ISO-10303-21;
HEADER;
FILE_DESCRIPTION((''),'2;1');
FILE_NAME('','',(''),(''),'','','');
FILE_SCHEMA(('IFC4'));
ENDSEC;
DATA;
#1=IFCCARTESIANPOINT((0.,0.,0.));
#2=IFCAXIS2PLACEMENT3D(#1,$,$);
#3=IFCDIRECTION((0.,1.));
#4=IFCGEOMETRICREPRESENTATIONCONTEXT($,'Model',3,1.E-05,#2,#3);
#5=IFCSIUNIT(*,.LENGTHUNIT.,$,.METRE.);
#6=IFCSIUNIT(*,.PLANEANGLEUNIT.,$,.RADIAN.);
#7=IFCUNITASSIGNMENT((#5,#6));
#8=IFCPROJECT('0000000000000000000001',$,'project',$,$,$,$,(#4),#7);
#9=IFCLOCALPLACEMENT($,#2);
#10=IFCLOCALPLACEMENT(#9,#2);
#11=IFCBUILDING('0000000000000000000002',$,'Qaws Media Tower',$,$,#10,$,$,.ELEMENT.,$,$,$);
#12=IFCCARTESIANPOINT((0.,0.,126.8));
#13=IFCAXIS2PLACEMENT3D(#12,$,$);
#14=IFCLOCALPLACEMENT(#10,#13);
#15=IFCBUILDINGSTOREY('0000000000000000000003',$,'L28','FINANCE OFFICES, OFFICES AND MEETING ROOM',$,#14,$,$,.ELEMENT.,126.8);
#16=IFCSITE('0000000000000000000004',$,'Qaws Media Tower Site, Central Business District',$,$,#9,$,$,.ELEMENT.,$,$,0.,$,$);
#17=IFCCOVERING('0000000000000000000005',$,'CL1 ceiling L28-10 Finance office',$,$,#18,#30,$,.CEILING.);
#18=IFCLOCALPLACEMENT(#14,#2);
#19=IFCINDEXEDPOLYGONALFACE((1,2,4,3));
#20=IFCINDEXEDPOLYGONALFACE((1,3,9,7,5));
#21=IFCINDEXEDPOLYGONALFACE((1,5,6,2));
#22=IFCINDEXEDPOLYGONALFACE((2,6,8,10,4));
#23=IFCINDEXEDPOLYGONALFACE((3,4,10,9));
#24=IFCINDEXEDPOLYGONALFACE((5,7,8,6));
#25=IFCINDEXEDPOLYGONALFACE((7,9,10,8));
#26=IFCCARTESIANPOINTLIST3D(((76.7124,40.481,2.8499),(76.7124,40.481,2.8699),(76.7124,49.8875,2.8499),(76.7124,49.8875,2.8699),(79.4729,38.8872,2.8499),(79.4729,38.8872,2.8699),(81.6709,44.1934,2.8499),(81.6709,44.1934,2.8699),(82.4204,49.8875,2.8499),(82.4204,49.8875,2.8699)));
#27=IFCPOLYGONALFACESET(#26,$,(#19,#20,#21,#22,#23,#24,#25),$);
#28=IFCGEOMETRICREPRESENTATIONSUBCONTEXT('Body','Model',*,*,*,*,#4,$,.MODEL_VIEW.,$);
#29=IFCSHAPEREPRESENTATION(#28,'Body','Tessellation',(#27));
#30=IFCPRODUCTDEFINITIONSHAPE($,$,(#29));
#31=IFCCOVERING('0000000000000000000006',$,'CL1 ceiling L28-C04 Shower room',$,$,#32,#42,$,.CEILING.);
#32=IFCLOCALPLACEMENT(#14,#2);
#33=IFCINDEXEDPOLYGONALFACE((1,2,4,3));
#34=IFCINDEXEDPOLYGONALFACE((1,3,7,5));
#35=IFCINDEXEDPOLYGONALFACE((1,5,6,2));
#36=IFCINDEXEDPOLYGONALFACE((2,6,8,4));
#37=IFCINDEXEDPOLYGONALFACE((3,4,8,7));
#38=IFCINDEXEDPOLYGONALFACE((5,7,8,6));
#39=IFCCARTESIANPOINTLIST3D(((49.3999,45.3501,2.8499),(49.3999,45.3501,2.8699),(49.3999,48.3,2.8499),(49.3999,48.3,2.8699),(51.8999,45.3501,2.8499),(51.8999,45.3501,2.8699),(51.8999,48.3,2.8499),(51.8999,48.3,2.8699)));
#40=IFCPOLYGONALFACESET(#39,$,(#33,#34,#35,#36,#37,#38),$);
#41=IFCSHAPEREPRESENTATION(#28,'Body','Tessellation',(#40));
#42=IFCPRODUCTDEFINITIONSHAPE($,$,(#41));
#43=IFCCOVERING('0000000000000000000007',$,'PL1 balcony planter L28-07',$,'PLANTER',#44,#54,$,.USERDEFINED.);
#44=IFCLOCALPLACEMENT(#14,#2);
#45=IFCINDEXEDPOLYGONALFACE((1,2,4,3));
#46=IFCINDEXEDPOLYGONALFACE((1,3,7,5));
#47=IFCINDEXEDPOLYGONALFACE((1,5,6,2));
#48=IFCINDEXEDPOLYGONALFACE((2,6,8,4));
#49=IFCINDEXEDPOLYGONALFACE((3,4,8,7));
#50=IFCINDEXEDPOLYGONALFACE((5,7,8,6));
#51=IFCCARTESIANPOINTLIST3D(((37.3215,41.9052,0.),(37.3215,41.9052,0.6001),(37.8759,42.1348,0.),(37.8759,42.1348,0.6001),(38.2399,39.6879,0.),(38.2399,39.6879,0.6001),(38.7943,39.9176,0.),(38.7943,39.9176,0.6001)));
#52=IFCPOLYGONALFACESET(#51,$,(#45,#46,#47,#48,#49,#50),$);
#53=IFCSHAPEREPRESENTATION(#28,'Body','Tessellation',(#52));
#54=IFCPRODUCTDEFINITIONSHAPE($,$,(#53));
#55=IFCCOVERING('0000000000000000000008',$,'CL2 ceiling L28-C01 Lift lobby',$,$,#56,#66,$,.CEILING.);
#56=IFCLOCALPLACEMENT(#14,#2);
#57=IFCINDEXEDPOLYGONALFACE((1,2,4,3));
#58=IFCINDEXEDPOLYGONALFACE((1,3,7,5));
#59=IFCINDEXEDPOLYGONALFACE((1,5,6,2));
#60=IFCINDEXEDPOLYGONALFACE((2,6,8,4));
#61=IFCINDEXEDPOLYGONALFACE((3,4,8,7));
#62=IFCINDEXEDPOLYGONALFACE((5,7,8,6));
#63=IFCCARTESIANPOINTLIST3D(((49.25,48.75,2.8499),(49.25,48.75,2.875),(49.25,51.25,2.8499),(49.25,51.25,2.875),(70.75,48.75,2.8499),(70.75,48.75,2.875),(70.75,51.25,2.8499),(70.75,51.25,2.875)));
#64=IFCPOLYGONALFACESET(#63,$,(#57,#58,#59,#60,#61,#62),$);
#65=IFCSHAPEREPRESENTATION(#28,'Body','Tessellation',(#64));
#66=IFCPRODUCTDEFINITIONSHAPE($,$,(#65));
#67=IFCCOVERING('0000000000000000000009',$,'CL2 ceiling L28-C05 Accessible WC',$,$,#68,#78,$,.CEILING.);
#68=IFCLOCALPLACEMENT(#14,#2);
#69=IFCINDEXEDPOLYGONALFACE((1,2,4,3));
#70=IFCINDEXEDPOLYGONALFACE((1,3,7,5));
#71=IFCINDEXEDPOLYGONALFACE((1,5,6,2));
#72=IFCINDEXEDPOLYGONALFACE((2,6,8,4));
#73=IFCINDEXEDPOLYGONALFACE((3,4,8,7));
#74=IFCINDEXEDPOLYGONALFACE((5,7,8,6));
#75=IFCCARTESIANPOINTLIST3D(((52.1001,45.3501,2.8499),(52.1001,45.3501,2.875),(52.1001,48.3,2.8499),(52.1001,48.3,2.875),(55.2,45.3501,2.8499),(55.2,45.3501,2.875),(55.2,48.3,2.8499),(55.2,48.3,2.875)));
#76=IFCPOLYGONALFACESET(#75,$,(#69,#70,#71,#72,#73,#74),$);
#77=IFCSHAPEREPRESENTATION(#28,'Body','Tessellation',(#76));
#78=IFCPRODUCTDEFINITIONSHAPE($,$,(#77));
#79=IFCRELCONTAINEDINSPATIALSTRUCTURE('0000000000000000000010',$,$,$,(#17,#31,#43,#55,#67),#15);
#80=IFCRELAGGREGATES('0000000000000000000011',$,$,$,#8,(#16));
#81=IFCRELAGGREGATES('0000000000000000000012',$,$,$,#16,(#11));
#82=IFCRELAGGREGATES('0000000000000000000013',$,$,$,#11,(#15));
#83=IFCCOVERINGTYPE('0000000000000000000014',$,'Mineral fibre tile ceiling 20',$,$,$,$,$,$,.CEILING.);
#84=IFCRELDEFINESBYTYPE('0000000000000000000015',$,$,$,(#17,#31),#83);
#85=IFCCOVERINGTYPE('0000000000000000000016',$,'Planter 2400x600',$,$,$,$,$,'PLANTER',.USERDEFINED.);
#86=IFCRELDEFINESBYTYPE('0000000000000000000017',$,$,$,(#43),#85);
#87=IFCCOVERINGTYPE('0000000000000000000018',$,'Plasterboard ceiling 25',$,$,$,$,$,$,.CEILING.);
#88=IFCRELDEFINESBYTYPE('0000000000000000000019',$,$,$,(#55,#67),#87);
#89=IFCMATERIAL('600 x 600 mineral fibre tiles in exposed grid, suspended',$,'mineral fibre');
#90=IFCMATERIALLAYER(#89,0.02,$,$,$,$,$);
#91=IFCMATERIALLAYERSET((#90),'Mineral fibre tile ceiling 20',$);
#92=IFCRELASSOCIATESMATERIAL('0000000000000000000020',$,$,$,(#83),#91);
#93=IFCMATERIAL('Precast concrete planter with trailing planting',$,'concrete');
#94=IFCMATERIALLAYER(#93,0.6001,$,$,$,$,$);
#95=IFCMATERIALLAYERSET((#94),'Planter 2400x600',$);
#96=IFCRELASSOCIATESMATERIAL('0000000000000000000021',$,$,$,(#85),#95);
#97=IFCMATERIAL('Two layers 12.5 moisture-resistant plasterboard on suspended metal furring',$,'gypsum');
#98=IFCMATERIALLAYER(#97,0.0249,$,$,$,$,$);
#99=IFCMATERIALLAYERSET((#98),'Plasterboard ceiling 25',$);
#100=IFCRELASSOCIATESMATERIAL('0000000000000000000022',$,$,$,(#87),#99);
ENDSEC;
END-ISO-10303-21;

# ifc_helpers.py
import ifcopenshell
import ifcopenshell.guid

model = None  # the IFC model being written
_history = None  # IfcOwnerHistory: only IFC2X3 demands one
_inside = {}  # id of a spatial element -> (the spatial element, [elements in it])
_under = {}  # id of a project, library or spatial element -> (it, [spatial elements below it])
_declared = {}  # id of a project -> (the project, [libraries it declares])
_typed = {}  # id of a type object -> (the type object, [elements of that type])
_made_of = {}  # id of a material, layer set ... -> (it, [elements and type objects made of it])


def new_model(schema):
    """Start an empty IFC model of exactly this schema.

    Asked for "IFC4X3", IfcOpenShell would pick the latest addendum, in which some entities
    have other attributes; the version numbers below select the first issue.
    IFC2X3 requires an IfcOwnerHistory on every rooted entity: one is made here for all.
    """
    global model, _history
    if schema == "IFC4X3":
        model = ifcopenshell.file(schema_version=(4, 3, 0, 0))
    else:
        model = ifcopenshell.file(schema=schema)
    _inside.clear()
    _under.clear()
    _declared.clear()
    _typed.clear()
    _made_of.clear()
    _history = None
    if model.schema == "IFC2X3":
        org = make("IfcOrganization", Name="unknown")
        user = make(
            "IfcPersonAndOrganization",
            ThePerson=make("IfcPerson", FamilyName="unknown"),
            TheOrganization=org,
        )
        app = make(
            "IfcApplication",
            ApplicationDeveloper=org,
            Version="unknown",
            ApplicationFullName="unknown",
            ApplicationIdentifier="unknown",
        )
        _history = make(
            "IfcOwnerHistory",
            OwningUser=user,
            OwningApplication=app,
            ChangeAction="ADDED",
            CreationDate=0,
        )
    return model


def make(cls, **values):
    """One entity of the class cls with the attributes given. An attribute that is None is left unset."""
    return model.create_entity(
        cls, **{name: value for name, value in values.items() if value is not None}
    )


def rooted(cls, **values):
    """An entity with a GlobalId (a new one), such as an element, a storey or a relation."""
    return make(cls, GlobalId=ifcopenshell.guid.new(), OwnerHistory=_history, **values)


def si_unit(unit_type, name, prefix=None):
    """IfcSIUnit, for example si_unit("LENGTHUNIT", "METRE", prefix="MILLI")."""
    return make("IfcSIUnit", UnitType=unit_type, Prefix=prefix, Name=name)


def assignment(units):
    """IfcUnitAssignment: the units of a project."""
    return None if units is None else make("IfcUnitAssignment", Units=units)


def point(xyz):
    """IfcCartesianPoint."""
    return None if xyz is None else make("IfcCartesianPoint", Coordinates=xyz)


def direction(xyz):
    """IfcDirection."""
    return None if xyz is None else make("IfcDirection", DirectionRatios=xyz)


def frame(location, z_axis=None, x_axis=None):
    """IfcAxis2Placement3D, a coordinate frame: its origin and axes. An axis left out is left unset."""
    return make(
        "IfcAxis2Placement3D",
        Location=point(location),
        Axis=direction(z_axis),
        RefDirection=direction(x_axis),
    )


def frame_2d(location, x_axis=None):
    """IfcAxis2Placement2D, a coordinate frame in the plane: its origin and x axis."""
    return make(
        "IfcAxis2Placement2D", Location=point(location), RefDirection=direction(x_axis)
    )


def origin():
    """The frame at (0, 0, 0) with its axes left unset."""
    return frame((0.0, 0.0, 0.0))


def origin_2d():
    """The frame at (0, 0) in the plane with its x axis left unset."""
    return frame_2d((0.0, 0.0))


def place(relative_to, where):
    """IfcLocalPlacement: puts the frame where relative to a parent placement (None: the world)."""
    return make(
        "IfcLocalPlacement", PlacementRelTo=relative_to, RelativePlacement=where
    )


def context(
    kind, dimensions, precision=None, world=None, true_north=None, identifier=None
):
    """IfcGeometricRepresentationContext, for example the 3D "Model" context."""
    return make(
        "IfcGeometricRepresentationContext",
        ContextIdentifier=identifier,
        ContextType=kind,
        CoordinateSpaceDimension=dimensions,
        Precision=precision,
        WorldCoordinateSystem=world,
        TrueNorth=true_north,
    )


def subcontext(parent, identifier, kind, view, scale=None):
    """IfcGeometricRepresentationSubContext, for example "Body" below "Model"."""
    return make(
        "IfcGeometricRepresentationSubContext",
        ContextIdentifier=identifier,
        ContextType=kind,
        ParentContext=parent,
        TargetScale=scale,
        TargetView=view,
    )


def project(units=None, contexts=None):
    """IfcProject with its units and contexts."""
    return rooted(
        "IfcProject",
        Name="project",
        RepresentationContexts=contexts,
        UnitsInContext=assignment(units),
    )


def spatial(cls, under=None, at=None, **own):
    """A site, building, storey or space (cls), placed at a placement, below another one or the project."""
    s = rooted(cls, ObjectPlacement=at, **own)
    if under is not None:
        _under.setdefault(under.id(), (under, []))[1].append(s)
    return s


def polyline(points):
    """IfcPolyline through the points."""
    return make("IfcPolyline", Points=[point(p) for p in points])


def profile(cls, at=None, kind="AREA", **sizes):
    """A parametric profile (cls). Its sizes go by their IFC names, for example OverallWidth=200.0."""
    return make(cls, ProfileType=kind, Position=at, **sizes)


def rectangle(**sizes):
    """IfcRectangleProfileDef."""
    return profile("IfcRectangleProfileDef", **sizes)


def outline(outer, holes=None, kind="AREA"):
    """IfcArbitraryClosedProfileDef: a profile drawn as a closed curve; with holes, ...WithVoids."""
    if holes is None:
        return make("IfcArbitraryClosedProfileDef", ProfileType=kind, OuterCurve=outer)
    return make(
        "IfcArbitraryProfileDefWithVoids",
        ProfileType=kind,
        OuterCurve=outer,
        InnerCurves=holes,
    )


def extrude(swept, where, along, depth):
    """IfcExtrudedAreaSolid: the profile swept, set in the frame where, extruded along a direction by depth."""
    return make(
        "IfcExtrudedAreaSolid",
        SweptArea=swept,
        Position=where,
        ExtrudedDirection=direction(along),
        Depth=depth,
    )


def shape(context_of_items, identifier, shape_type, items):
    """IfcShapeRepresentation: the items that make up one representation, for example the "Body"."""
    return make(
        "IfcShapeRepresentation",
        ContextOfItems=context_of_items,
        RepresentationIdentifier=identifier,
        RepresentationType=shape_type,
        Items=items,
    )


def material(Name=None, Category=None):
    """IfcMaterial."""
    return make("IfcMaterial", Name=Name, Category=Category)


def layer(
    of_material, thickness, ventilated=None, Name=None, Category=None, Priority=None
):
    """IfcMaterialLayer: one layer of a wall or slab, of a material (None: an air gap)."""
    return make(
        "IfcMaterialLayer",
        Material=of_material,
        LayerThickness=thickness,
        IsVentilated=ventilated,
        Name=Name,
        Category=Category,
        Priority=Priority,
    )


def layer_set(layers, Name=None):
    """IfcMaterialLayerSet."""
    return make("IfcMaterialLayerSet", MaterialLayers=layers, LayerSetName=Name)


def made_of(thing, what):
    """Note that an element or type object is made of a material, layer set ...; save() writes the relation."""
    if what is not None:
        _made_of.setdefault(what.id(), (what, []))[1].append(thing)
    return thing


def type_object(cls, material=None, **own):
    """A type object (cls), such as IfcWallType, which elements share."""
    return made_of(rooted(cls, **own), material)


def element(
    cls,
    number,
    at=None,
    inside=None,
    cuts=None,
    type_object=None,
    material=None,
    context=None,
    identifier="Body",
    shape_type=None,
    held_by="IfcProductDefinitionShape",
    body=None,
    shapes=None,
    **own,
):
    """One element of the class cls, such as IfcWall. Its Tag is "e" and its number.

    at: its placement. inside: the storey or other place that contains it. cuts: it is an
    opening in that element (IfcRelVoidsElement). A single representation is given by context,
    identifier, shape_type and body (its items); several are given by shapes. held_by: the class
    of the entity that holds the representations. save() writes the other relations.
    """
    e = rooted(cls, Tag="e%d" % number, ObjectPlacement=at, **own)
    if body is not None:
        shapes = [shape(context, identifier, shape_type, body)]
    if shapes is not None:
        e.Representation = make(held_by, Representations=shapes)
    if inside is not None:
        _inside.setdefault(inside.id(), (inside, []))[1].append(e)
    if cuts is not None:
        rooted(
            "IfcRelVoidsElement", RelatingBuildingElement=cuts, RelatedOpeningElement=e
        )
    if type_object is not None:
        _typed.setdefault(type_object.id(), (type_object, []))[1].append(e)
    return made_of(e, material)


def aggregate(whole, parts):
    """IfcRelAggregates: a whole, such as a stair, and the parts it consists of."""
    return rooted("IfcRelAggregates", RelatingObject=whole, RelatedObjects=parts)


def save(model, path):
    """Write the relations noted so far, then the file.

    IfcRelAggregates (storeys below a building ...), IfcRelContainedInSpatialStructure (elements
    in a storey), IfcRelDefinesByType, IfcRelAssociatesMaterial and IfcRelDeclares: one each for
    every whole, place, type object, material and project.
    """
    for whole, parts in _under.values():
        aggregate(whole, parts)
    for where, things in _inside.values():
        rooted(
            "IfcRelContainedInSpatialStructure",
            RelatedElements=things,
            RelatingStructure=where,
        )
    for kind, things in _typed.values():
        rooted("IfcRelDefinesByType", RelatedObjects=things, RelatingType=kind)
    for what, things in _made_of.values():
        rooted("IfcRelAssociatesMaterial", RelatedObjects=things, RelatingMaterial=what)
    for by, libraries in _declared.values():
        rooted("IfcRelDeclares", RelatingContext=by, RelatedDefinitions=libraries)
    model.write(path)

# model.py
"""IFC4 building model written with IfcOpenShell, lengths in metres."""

from ifc_helpers import new_model, si_unit, direction, frame, origin, origin_2d, place, context, subcontext, project, spatial, polyline, rectangle, outline, extrude, material, layer, layer_set, type_object, element, save


model = new_model("IFC4")

# Units and contexts
model_context = context("Model", 3, precision=1e-05, world=origin(), true_north=direction((0.0, 1.0)))
body_context = subcontext(model_context, "Body", "Model", "MODEL_VIEW")
ifc_project = project(units=[si_unit("LENGTHUNIT", "METRE"), si_unit("PLANEANGLEUNIT", "RADIAN")], contexts=[model_context])

# Site, building, storey
site_placement = place(None, origin())
site = spatial("IfcSite", under=ifc_project, at=site_placement, Name="Qaws Media Tower Site, Central Business District", CompositionType="ELEMENT", RefElevation=0.0)
building_placement = place(site_placement, origin())
building = spatial("IfcBuilding", under=site, at=building_placement, Name="Qaws Media Tower", CompositionType="ELEMENT")
storey_placement = place(building_placement, frame((0.0, 0.0, 126.8)))
storey = spatial("IfcBuildingStorey", under=building, at=storey_placement, Name="L28", Description="FINANCE OFFICES, OFFICES AND MEETING ROOM", CompositionType="ELEMENT", Elevation=126.8)

# Coverings
ifc_material_1 = material(Name="600 x 600 mineral fibre tiles in exposed grid, suspended", Category="mineral fibre")
ifc_layer_1 = layer(ifc_material_1, 0.02)
ifc_layer_set_1 = layer_set([ifc_layer_1], Name="Mineral fibre tile ceiling 20")
covering_type_1 = type_object("IfcCoveringType", Name="Mineral fibre tile ceiling 20", PredefinedType="CEILING", material=ifc_layer_set_1)
covering_1_placement = place(storey_placement, frame((0.0, 0.0, 2.8499)))
element("IfcCovering", 1, at=covering_1_placement, inside=storey, type_object=covering_type_1, Name="CL1 ceiling L28-10 Finance office", PredefinedType="CEILING", context=body_context, shape_type="SweptSolid", body=[
    extrude(outline(polyline([(81.6709, 44.1934), (79.4729, 38.8872), (76.7124, 40.481), (76.7124, 49.8875), (82.4204, 49.8875), (81.6709, 44.1934)])), origin(), (0.0, 0.0, 1.0), 0.02),
])
covering_2_placement = place(storey_placement, frame((0.0, 0.0, 2.8499)))
element("IfcCovering", 2, at=covering_2_placement, inside=storey, type_object=covering_type_1, Name="CL1 ceiling L28-C04 Shower room", PredefinedType="CEILING", context=body_context, shape_type="SweptSolid", body=[
    extrude(outline(polyline([(49.3999, 45.3501), (49.3999, 48.3), (51.8999, 48.3), (51.8999, 45.3501), (49.3999, 45.3501)])), origin(), (0.0, 0.0, 1.0), 0.02),
])
ifc_material_2 = material(Name="Precast concrete planter with trailing planting", Category="concrete")
ifc_layer_2 = layer(ifc_material_2, 0.6001)
ifc_layer_set_2 = layer_set([ifc_layer_2], Name="Planter 2400x600")
covering_type_2 = type_object("IfcCoveringType", Name="Planter 2400x600", ElementType="PLANTER", PredefinedType="USERDEFINED", material=ifc_layer_set_2)
covering_3_placement = place(storey_placement, frame((38.0579, 40.9114, 0.0), z_axis=(0.0, 0.0, 1.0), x_axis=(0.382683, -0.92388, 0.0)))
element("IfcCovering", 3, at=covering_3_placement, inside=storey, type_object=covering_type_2, Name="PL1 balcony planter L28-07", ObjectType="PLANTER", PredefinedType="USERDEFINED", context=body_context, shape_type="SweptSolid", body=[
    extrude(rectangle(XDim=2.3999, YDim=0.6001, at=origin_2d()), origin(), (0.0, 0.0, 1.0), 0.6001),
])
ifc_material_3 = material(Name="Two layers 12.5 moisture-resistant plasterboard on suspended metal furring", Category="gypsum")
ifc_layer_3 = layer(ifc_material_3, 0.0249)
ifc_layer_set_3 = layer_set([ifc_layer_3], Name="Plasterboard ceiling 25")
covering_type_3 = type_object("IfcCoveringType", Name="Plasterboard ceiling 25", PredefinedType="CEILING", material=ifc_layer_set_3)
covering_4_placement = place(storey_placement, frame((0.0, 0.0, 2.8499)))
element("IfcCovering", 4, at=covering_4_placement, inside=storey, type_object=covering_type_3, Name="CL2 ceiling L28-C01 Lift lobby", PredefinedType="CEILING", context=body_context, shape_type="SweptSolid", body=[
    extrude(outline(polyline([(49.25, 48.75), (49.25, 51.25), (70.75, 51.25), (70.75, 48.75), (49.25, 48.75)])), origin(), (0.0, 0.0, 1.0), 0.0251),
])
covering_5_placement = place(storey_placement, frame((0.0, 0.0, 2.8499)))
element("IfcCovering", 5, at=covering_5_placement, inside=storey, type_object=covering_type_3, Name="CL2 ceiling L28-C05 Accessible WC", PredefinedType="CEILING", context=body_context, shape_type="SweptSolid", body=[
    extrude(outline(polyline([(52.1001, 45.3501), (52.1001, 48.3), (55.2, 48.3), (55.2, 45.3501), (52.1001, 45.3501)])), origin(), (0.0, 0.0, 1.0), 0.0251),
])

save(model, "model.ifc")
